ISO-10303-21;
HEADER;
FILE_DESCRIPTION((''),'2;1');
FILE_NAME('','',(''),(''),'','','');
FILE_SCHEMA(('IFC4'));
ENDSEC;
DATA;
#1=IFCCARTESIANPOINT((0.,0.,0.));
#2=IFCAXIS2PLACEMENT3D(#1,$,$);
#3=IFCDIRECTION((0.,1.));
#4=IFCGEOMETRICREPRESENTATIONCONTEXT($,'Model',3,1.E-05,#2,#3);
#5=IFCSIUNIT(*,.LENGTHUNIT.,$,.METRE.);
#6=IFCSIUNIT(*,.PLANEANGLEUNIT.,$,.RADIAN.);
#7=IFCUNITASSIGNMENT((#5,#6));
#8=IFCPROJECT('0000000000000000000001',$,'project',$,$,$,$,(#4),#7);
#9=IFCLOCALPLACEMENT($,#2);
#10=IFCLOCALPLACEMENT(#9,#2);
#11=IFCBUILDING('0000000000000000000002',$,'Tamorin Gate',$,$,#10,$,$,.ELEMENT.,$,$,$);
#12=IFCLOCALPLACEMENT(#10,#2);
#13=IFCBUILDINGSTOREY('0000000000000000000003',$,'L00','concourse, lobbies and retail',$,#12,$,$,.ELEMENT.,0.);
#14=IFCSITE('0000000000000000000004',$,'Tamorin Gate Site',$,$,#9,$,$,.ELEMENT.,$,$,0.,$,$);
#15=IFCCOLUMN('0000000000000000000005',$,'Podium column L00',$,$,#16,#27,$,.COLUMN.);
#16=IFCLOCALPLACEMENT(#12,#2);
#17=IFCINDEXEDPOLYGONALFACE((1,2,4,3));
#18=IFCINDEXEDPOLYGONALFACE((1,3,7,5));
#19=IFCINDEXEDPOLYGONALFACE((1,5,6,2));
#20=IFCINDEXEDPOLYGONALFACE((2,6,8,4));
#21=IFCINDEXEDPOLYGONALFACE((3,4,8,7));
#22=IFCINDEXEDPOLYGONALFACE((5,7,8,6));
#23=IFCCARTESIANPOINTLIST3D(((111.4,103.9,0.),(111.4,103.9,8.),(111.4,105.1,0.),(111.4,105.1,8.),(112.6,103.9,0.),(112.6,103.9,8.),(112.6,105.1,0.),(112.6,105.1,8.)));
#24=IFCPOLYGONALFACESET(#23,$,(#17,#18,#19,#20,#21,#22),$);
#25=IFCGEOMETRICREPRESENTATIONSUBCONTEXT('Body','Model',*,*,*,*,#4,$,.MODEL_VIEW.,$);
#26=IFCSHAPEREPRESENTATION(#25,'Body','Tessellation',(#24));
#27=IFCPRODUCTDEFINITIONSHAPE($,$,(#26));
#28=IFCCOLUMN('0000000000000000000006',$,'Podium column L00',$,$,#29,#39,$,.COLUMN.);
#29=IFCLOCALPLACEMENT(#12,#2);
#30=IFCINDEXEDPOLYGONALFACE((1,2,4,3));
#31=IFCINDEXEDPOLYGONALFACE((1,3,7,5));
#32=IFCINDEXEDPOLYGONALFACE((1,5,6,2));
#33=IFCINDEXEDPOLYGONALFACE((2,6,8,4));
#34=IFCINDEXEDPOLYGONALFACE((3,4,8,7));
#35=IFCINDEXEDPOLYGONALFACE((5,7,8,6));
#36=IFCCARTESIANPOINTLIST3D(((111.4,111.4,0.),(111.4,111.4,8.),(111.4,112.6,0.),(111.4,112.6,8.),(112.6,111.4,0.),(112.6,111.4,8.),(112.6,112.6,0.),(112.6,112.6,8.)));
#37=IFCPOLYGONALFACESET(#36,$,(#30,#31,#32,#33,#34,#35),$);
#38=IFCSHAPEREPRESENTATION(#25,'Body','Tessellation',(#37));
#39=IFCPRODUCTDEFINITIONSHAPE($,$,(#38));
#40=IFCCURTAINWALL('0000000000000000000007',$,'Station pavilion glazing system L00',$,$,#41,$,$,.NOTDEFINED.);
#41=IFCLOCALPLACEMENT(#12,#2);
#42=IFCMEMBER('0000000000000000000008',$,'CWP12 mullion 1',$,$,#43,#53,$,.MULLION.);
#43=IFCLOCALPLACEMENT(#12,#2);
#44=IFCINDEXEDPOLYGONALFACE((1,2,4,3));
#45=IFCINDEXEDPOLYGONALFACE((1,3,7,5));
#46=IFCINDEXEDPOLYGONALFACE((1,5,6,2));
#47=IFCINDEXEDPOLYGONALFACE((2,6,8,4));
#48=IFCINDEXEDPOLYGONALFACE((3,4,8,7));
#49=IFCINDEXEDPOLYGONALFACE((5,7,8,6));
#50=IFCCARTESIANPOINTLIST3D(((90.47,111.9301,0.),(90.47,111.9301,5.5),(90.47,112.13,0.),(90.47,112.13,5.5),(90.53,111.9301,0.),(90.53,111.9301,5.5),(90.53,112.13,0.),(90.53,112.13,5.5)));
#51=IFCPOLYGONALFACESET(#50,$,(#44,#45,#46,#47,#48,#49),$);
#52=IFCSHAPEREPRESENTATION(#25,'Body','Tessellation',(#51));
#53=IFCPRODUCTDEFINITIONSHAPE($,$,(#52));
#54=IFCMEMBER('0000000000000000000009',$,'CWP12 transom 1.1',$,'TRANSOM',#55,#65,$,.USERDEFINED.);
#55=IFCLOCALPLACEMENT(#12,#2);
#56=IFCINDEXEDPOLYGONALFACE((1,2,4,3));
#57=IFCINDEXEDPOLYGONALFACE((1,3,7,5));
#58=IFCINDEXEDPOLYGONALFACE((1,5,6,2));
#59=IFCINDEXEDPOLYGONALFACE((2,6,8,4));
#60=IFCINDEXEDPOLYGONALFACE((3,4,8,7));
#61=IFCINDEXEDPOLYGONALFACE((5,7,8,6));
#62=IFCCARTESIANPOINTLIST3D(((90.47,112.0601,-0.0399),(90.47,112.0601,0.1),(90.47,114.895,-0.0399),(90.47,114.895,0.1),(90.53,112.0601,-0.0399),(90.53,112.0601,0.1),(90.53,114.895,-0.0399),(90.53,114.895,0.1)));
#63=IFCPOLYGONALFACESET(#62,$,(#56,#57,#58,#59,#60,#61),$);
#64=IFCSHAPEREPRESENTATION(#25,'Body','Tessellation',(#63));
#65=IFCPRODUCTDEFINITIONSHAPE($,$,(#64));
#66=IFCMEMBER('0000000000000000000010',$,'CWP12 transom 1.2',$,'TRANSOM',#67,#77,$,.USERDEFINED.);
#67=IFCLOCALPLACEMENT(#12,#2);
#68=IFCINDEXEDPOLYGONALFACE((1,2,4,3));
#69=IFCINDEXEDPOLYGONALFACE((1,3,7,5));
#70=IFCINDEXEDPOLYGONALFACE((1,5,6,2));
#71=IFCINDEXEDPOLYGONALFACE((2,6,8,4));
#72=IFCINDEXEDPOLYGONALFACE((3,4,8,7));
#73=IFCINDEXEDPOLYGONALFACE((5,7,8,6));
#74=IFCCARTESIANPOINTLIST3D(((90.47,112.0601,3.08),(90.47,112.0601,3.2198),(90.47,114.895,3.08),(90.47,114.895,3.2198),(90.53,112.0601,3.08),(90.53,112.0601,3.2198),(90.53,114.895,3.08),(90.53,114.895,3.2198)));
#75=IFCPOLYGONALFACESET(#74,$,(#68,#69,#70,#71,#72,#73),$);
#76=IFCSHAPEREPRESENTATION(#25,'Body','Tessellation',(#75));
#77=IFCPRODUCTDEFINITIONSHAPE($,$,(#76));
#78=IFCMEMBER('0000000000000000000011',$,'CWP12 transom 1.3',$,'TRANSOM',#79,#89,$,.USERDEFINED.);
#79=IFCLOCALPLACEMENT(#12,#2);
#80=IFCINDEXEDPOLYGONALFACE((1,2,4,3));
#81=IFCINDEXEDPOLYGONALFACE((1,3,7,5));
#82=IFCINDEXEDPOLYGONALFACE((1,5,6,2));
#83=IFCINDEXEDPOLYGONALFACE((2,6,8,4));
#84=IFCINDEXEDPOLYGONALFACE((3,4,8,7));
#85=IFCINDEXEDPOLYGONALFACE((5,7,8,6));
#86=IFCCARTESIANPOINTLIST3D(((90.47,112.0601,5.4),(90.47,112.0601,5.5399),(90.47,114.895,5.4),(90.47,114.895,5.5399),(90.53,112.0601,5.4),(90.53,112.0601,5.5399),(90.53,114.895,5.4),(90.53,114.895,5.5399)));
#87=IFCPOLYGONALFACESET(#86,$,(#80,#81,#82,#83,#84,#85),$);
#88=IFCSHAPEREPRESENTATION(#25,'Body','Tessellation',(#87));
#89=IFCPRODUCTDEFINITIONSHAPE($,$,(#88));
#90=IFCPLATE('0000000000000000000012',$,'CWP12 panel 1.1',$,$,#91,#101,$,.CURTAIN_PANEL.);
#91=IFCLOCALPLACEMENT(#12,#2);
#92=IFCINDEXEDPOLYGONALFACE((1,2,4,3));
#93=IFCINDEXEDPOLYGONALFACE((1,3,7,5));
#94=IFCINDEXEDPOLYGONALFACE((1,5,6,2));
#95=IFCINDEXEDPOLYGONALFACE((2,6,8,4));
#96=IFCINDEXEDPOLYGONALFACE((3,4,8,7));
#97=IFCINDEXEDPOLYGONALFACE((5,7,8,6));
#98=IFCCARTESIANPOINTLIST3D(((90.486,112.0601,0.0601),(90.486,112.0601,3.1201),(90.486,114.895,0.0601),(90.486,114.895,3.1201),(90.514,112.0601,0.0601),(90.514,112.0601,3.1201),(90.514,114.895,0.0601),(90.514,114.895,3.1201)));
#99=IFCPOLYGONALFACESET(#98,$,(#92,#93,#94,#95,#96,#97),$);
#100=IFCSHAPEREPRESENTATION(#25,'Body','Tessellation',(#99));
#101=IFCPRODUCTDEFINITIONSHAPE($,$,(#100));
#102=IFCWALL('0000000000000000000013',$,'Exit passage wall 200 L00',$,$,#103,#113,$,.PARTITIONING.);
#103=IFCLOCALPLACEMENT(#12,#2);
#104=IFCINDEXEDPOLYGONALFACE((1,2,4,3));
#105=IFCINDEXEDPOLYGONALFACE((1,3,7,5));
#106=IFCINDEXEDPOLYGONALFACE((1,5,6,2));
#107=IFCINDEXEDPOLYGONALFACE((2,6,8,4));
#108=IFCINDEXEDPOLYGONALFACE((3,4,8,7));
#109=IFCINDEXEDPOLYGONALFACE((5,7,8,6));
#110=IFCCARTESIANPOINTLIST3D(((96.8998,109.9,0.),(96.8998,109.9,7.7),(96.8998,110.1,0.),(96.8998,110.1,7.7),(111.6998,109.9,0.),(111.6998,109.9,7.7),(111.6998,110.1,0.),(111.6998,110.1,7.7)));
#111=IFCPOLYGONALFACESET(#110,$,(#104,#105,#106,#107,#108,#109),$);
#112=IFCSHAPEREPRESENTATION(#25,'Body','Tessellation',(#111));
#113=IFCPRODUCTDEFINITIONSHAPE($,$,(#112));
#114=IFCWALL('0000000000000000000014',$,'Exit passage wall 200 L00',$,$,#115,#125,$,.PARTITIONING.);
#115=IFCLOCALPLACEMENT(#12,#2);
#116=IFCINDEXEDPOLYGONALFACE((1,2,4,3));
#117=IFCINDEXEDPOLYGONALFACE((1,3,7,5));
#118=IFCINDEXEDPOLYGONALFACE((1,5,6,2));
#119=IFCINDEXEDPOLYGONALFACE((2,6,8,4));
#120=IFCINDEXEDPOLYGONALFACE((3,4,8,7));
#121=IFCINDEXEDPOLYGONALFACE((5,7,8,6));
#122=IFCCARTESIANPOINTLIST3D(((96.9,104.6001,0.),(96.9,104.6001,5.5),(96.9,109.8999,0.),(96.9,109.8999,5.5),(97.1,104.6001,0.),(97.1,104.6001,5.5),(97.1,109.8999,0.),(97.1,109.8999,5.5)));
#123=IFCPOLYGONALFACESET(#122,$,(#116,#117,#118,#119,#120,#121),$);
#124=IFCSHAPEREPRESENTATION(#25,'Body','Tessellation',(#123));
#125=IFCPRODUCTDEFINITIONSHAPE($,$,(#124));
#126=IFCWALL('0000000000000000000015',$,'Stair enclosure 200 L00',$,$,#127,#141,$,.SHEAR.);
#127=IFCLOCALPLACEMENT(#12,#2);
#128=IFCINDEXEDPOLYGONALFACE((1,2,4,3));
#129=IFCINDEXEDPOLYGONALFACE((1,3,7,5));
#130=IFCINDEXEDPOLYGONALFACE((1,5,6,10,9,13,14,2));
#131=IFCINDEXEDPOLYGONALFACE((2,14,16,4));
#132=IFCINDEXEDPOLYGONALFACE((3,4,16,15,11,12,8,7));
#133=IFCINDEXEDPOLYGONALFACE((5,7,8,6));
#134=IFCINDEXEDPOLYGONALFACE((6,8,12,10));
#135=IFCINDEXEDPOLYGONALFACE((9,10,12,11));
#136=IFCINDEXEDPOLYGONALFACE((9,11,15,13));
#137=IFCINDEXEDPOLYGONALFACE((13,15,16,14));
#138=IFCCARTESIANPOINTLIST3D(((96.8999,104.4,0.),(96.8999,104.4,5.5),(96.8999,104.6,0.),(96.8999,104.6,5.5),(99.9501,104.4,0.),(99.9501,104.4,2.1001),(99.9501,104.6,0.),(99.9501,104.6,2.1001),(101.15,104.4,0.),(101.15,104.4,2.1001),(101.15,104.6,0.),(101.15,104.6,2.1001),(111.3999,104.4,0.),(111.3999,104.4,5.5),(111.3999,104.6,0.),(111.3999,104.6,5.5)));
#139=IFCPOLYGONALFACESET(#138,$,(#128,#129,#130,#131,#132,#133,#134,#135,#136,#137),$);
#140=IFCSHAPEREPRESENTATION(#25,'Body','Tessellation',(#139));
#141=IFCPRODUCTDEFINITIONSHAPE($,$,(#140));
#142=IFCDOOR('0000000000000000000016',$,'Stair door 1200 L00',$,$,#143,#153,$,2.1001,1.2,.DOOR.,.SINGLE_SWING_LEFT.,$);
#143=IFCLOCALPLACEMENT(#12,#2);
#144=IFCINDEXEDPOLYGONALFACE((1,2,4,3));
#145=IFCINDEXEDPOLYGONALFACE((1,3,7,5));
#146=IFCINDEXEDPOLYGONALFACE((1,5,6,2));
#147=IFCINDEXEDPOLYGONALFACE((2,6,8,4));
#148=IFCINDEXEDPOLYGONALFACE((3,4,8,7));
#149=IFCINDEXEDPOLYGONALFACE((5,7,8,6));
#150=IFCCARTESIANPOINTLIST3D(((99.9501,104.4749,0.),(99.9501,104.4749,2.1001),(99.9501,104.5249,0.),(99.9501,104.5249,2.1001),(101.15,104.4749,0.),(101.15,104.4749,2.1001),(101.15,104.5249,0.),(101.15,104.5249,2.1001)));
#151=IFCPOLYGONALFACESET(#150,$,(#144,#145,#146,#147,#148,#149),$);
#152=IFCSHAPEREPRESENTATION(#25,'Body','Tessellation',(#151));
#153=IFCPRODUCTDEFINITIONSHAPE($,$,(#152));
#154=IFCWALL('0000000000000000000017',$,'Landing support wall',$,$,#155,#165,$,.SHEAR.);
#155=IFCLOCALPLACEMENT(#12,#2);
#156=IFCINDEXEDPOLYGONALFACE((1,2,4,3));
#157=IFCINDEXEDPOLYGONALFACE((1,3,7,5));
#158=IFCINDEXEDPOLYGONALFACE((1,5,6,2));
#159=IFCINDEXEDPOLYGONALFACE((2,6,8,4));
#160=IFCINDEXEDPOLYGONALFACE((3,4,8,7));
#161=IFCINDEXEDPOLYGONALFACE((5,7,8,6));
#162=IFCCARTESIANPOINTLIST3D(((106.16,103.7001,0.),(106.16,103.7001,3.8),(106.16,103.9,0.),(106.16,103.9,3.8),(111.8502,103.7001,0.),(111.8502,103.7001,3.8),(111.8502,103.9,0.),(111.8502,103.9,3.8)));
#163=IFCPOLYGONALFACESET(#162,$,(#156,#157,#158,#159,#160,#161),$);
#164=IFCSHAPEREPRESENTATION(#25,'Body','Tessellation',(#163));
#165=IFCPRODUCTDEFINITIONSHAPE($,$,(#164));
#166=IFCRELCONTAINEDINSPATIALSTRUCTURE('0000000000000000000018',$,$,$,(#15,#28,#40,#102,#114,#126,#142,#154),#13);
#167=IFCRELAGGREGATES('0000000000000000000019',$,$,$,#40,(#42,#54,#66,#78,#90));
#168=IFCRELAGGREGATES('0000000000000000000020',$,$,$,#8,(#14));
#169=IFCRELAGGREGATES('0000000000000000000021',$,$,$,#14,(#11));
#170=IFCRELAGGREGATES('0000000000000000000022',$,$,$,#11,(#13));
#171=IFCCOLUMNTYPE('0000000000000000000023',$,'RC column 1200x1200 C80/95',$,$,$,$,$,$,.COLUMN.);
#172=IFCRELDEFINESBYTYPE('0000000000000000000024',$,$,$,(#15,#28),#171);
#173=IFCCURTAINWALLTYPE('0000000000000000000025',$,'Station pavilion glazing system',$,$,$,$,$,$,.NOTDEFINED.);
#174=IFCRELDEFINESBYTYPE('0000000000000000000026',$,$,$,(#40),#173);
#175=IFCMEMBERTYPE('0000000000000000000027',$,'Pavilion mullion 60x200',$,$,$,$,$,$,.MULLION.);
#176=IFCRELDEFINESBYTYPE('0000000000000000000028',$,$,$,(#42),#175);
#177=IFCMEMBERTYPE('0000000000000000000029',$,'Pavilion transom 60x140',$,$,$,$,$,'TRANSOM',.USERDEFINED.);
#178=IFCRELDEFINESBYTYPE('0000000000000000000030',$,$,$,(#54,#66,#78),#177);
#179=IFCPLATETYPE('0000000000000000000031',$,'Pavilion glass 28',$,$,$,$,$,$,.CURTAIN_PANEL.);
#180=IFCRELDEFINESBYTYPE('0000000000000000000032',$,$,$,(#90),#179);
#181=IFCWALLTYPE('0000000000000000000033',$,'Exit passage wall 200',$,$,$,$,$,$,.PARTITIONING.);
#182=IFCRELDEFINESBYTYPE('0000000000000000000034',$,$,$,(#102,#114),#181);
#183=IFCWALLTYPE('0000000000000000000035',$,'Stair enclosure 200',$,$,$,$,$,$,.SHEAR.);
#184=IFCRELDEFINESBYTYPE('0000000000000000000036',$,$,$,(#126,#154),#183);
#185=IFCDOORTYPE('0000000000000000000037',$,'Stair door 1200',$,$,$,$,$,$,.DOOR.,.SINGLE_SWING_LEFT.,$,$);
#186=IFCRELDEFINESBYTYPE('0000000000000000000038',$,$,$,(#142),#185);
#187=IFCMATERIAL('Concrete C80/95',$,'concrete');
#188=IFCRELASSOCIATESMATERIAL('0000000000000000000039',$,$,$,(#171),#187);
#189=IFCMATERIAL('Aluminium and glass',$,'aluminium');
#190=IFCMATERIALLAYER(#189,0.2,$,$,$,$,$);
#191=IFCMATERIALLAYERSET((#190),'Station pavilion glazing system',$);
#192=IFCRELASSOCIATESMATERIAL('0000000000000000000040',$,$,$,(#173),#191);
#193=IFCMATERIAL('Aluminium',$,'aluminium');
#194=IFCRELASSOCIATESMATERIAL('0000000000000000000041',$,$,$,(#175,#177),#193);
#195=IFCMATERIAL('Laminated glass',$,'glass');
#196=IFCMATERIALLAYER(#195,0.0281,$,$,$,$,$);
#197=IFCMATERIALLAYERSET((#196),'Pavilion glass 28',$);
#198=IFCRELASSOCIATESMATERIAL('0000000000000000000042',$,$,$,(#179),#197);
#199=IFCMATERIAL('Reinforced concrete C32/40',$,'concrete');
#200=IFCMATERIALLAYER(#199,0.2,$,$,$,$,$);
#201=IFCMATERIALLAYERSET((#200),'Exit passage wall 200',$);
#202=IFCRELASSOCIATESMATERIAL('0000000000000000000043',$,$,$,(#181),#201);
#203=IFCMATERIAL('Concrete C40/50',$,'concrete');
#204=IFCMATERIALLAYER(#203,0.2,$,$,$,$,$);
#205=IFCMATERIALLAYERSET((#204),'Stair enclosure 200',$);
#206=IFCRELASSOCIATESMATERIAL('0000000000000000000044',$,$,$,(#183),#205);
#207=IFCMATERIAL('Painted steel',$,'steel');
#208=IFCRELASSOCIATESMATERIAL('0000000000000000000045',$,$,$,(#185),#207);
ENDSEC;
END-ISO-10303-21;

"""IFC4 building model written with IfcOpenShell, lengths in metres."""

from ifc_helpers import new_model, si_unit, direction, frame, frame_2d, origin, origin_2d, place, context, subcontext, project, spatial, rectangle, extrude, material, layer, layer_set, material_profile, profile_set, type_object, element, fill, aggregate, save


model = new_model("IFC4")

# Units and contexts
model_context = context("Model", 3, precision=1e-05, world=origin(), true_north=direction((0.0, 1.0)))
body_context = subcontext(model_context, "Body", "Model", "MODEL_VIEW")
ifc_project = project(units=[si_unit("LENGTHUNIT", "METRE"), si_unit("PLANEANGLEUNIT", "RADIAN")], contexts=[model_context])

# Site, building, storey
site_placement = place(None, origin())
site = spatial("IfcSite", under=ifc_project, at=site_placement, Name="Tamorin Gate Site", CompositionType="ELEMENT", RefElevation=0.0)
building_placement = place(site_placement, origin())
building = spatial("IfcBuilding", under=site, at=building_placement, Name="Tamorin Gate", CompositionType="ELEMENT")
storey_placement = place(building_placement, origin())
storey = spatial("IfcBuildingStorey", under=building, at=storey_placement, Name="L00", Description="concourse, lobbies and retail", CompositionType="ELEMENT", Elevation=0.0)

# Columns
ifc_material_1 = material(Name="Concrete C80/95", Category="concrete")
ifc_material_profile_1 = material_profile(ifc_material_1, rectangle(XDim=1.2, YDim=1.2, at=origin_2d()), Name="RC 1200x1200")
ifc_profile_set_1 = profile_set([ifc_material_profile_1], Name="Concrete C80/95")
column_type = type_object("IfcColumnType", Name="RC column 1200x1200 C80/95", PredefinedType="COLUMN", material=ifc_profile_set_1)
for number, where, z_axis, x_axis, name in (
    (1, (112.0, 104.5, 0.0), (0.0, 0.0, 1.0), (1.0, 0.0, 0.0), "Podium column L00"),
    (2, (112.0, 112.0, 0.0), (0.0, 0.0, 1.0), (1.0, 0.0, 0.0), "Podium column L00"),
):
    element("IfcColumn", number, at=place(storey_placement, frame(where, z_axis=z_axis, x_axis=x_axis)), inside=storey, type_object=column_type, Name=name, PredefinedType="COLUMN", context=body_context, shape_type="SweptSolid", body=[
        extrude(rectangle(XDim=1.2, YDim=1.2, at=origin_2d()), origin(), (0.0, 0.0, 1.0), 8.0),
    ])

# Curtain wall, members, plate
ifc_material_2 = material(Name="Aluminium and glass", Category="aluminium")
ifc_layer_1 = layer(ifc_material_2, 0.2)
ifc_layer_set_1 = layer_set([ifc_layer_1], Name="Station pavilion glazing system")
curtain_wall_type = type_object("IfcCurtainWallType", Name="Station pavilion glazing system", PredefinedType="NOTDEFINED", material=ifc_layer_set_1)
curtain_wall_placement = place(storey_placement, origin())
curtain_wall = element("IfcCurtainWall", 3, at=curtain_wall_placement, inside=storey, type_object=curtain_wall_type, Name="Station pavilion glazing system L00", PredefinedType="NOTDEFINED")
ifc_material_3 = material(Name="Aluminium", Category="aluminium")
ifc_material_profile_2 = material_profile(ifc_material_3, rectangle(XDim=0.0601, YDim=0.2, at=origin_2d()), Name="RECT 60x200")
ifc_profile_set_2 = profile_set([ifc_material_profile_2], Name="Aluminium")
member_type_1 = type_object("IfcMemberType", Name="Pavilion mullion 60x200", PredefinedType="MULLION", material=ifc_profile_set_2)
member_1_placement = place(storey_placement, frame((90.5, 112.03, 0.0), z_axis=(0.0, 0.0, 1.0), x_axis=(-1.0, 0.0, 0.0)))
member_1 = element("IfcMember", 4, at=member_1_placement, type_object=member_type_1, Name="CWP12 mullion 1", PredefinedType="MULLION", context=body_context, shape_type="SweptSolid", body=[
    extrude(rectangle(XDim=0.0601, YDim=0.2, at=origin_2d()), origin(), (0.0, 0.0, 1.0), 5.5),
])
ifc_material_profile_3 = material_profile(ifc_material_3, rectangle(XDim=0.0601, YDim=0.1399, at=origin_2d()), Name="RECT 60x140")
ifc_profile_set_3 = profile_set([ifc_material_profile_3], Name="Aluminium")
member_type_2 = type_object("IfcMemberType", Name="Pavilion transom 60x140", ElementType="TRANSOM", PredefinedType="USERDEFINED", material=ifc_profile_set_3)
member_2_placement = place(storey_placement, frame((90.5, 112.0601, 0.03), z_axis=(0.0, 1.0, 0.0), x_axis=(-1.0, 0.0, 0.0)))
member_2 = element("IfcMember", 5, at=member_2_placement, type_object=member_type_2, Name="CWP12 transom 1.1", ObjectType="TRANSOM", PredefinedType="USERDEFINED", context=body_context, shape_type="SweptSolid", body=[
    extrude(rectangle(XDim=0.0601, YDim=0.1399, at=origin_2d()), origin(), (0.0, 0.0, 1.0), 2.835),
])
member_3_placement = place(storey_placement, frame((90.5, 112.0601, 3.1499), z_axis=(0.0, 1.0, 0.0), x_axis=(-1.0, 0.0, 0.0)))
member_3 = element("IfcMember", 6, at=member_3_placement, type_object=member_type_2, Name="CWP12 transom 1.2", ObjectType="TRANSOM", PredefinedType="USERDEFINED", context=body_context, shape_type="SweptSolid", body=[
    extrude(rectangle(XDim=0.0601, YDim=0.1399, at=origin_2d()), origin(), (0.0, 0.0, 1.0), 2.835),
])
member_4_placement = place(storey_placement, frame((90.5, 112.0601, 5.47), z_axis=(0.0, 1.0, 0.0), x_axis=(-1.0, 0.0, 0.0)))
member_4 = element("IfcMember", 7, at=member_4_placement, type_object=member_type_2, Name="CWP12 transom 1.3", ObjectType="TRANSOM", PredefinedType="USERDEFINED", context=body_context, shape_type="SweptSolid", body=[
    extrude(rectangle(XDim=0.0601, YDim=0.1399, at=origin_2d()), origin(), (0.0, 0.0, 1.0), 2.835),
])
ifc_material_4 = material(Name="Laminated glass", Category="glass")
ifc_layer_2 = layer(ifc_material_4, 0.0281)
ifc_layer_set_2 = layer_set([ifc_layer_2], Name="Pavilion glass 28")
plate_type = type_object("IfcPlateType", Name="Pavilion glass 28", PredefinedType="CURTAIN_PANEL", material=ifc_layer_set_2)
plate_placement = place(storey_placement, frame((90.5, 113.4775, 0.0601), z_axis=(0.0, 0.0, 1.0), x_axis=(0.0, 1.0, 0.0)))
plate = element("IfcPlate", 8, at=plate_placement, type_object=plate_type, Name="CWP12 panel 1.1", PredefinedType="CURTAIN_PANEL", context=body_context, shape_type="SweptSolid", body=[
    extrude(rectangle(XDim=2.835, YDim=0.0281, at=origin_2d()), origin(), (0.0, 0.0, 1.0), 3.0601),
])
aggregate(curtain_wall, [member_1, member_2, member_3, member_4, plate])

# Walls
ifc_material_5 = material(Name="Reinforced concrete C32/40", Category="concrete")
ifc_layer_3 = layer(ifc_material_5, 0.2)
ifc_layer_set_3 = layer_set([ifc_layer_3], Name="Exit passage wall 200")
wall_type_1 = type_object("IfcWallType", Name="Exit passage wall 200", PredefinedType="PARTITIONING", material=ifc_layer_set_3)
wall_1_placement = place(storey_placement, frame((96.8999, 110.0, 0.0), z_axis=(0.0, 0.0, 1.0), x_axis=(1.0, 0.0, 0.0)))
element("IfcWall", 9, at=wall_1_placement, inside=storey, type_object=wall_type_1, Name="Exit passage wall 200 L00", PredefinedType="PARTITIONING", context=body_context, shape_type="SweptSolid", body=[
    extrude(rectangle(XDim=14.8, YDim=0.2, at=frame_2d((7.3999, 0.0))), origin(), (0.0, 0.0, 1.0), 7.7),
])
wall_2_placement = place(storey_placement, frame((97.0, 104.6001, 0.0), z_axis=(0.0, 0.0, 1.0), x_axis=(0.0, 1.0, 0.0)))
element("IfcWall", 10, at=wall_2_placement, inside=storey, type_object=wall_type_1, Name="Exit passage wall 200 L00", PredefinedType="PARTITIONING", context=body_context, shape_type="SweptSolid", body=[
    extrude(rectangle(XDim=5.2998, YDim=0.2, at=frame_2d((2.6499, 0.0))), origin(), (0.0, 0.0, 1.0), 5.5),
])

# Wall, opening, door
ifc_material_6 = material(Name="Concrete C40/50", Category="concrete")
ifc_layer_4 = layer(ifc_material_6, 0.2)
ifc_layer_set_4 = layer_set([ifc_layer_4], Name="Stair enclosure 200")
wall_type_2 = type_object("IfcWallType", Name="Stair enclosure 200", PredefinedType="SHEAR", material=ifc_layer_set_4)
wall_3_placement = place(storey_placement, frame((96.8999, 104.5, 0.0), z_axis=(0.0, 0.0, 1.0), x_axis=(1.0, 0.0, 0.0)))
wall_3 = element("IfcWall", 11, at=wall_3_placement, inside=storey, type_object=wall_type_2, Name="Stair enclosure 200 L00", PredefinedType="SHEAR", context=body_context, shape_type="SweptSolid", body=[
    extrude(rectangle(XDim=14.5, YDim=0.2, at=frame_2d((7.25, 0.0))), origin(), (0.0, 0.0, 1.0), 5.5),
])
opening_placement = place(wall_3_placement, frame((3.05, 0.0, 0.0)))
opening = element("IfcOpeningElement", 12, at=opening_placement, cuts=wall_3, PredefinedType="OPENING", context=body_context, shape_type="SweptSolid", body=[
    extrude(rectangle(XDim=1.2, YDim=2.1001, at=frame_2d((0.6001, 1.05))), frame((0.0, 0.1099, 0.0), z_axis=(0.0, -1.0, 0.0), x_axis=(1.0, 0.0, 0.0)), (0.0, 0.0, 1.0), 0.22),
])
ifc_material_7 = material(Name="Painted steel", Category="steel")
door_type = type_object("IfcDoorType", Name="Stair door 1200", OperationType="SINGLE_SWING_LEFT", PredefinedType="DOOR", material=ifc_material_7)
door_placement = place(opening_placement, origin())
door = element("IfcDoor", 13, at=door_placement, inside=storey, type_object=door_type, Name="Stair door 1200 L00", OperationType="SINGLE_SWING_LEFT", OverallHeight=2.1001, OverallWidth=1.2, PredefinedType="DOOR", context=body_context, shape_type="SweptSolid", body=[
    extrude(rectangle(XDim=1.2, YDim=2.1001, at=frame_2d((0.6001, 1.05))), frame((0.0, 0.0249, 0.0), z_axis=(0.0, -1.0, 0.0), x_axis=(1.0, 0.0, 0.0)), (0.0, 0.0, 1.0), 0.05),
])
fill(opening, door)

# Wall
wall_4_placement = place(storey_placement, frame((106.1599, 103.8, 0.0), z_axis=(0.0, 0.0, 1.0), x_axis=(1.0, 0.0, 0.0)))
element("IfcWall", 14, at=wall_4_placement, inside=storey, type_object=wall_type_2, Name="Landing support wall", PredefinedType="SHEAR", context=body_context, shape_type="SweptSolid", body=[
    extrude(rectangle(XDim=5.6902, YDim=0.2, at=frame_2d((2.8452, 0.0))), origin(), (0.0, 0.0, 1.0), 3.8),
])

save(model, "model.ifc")
